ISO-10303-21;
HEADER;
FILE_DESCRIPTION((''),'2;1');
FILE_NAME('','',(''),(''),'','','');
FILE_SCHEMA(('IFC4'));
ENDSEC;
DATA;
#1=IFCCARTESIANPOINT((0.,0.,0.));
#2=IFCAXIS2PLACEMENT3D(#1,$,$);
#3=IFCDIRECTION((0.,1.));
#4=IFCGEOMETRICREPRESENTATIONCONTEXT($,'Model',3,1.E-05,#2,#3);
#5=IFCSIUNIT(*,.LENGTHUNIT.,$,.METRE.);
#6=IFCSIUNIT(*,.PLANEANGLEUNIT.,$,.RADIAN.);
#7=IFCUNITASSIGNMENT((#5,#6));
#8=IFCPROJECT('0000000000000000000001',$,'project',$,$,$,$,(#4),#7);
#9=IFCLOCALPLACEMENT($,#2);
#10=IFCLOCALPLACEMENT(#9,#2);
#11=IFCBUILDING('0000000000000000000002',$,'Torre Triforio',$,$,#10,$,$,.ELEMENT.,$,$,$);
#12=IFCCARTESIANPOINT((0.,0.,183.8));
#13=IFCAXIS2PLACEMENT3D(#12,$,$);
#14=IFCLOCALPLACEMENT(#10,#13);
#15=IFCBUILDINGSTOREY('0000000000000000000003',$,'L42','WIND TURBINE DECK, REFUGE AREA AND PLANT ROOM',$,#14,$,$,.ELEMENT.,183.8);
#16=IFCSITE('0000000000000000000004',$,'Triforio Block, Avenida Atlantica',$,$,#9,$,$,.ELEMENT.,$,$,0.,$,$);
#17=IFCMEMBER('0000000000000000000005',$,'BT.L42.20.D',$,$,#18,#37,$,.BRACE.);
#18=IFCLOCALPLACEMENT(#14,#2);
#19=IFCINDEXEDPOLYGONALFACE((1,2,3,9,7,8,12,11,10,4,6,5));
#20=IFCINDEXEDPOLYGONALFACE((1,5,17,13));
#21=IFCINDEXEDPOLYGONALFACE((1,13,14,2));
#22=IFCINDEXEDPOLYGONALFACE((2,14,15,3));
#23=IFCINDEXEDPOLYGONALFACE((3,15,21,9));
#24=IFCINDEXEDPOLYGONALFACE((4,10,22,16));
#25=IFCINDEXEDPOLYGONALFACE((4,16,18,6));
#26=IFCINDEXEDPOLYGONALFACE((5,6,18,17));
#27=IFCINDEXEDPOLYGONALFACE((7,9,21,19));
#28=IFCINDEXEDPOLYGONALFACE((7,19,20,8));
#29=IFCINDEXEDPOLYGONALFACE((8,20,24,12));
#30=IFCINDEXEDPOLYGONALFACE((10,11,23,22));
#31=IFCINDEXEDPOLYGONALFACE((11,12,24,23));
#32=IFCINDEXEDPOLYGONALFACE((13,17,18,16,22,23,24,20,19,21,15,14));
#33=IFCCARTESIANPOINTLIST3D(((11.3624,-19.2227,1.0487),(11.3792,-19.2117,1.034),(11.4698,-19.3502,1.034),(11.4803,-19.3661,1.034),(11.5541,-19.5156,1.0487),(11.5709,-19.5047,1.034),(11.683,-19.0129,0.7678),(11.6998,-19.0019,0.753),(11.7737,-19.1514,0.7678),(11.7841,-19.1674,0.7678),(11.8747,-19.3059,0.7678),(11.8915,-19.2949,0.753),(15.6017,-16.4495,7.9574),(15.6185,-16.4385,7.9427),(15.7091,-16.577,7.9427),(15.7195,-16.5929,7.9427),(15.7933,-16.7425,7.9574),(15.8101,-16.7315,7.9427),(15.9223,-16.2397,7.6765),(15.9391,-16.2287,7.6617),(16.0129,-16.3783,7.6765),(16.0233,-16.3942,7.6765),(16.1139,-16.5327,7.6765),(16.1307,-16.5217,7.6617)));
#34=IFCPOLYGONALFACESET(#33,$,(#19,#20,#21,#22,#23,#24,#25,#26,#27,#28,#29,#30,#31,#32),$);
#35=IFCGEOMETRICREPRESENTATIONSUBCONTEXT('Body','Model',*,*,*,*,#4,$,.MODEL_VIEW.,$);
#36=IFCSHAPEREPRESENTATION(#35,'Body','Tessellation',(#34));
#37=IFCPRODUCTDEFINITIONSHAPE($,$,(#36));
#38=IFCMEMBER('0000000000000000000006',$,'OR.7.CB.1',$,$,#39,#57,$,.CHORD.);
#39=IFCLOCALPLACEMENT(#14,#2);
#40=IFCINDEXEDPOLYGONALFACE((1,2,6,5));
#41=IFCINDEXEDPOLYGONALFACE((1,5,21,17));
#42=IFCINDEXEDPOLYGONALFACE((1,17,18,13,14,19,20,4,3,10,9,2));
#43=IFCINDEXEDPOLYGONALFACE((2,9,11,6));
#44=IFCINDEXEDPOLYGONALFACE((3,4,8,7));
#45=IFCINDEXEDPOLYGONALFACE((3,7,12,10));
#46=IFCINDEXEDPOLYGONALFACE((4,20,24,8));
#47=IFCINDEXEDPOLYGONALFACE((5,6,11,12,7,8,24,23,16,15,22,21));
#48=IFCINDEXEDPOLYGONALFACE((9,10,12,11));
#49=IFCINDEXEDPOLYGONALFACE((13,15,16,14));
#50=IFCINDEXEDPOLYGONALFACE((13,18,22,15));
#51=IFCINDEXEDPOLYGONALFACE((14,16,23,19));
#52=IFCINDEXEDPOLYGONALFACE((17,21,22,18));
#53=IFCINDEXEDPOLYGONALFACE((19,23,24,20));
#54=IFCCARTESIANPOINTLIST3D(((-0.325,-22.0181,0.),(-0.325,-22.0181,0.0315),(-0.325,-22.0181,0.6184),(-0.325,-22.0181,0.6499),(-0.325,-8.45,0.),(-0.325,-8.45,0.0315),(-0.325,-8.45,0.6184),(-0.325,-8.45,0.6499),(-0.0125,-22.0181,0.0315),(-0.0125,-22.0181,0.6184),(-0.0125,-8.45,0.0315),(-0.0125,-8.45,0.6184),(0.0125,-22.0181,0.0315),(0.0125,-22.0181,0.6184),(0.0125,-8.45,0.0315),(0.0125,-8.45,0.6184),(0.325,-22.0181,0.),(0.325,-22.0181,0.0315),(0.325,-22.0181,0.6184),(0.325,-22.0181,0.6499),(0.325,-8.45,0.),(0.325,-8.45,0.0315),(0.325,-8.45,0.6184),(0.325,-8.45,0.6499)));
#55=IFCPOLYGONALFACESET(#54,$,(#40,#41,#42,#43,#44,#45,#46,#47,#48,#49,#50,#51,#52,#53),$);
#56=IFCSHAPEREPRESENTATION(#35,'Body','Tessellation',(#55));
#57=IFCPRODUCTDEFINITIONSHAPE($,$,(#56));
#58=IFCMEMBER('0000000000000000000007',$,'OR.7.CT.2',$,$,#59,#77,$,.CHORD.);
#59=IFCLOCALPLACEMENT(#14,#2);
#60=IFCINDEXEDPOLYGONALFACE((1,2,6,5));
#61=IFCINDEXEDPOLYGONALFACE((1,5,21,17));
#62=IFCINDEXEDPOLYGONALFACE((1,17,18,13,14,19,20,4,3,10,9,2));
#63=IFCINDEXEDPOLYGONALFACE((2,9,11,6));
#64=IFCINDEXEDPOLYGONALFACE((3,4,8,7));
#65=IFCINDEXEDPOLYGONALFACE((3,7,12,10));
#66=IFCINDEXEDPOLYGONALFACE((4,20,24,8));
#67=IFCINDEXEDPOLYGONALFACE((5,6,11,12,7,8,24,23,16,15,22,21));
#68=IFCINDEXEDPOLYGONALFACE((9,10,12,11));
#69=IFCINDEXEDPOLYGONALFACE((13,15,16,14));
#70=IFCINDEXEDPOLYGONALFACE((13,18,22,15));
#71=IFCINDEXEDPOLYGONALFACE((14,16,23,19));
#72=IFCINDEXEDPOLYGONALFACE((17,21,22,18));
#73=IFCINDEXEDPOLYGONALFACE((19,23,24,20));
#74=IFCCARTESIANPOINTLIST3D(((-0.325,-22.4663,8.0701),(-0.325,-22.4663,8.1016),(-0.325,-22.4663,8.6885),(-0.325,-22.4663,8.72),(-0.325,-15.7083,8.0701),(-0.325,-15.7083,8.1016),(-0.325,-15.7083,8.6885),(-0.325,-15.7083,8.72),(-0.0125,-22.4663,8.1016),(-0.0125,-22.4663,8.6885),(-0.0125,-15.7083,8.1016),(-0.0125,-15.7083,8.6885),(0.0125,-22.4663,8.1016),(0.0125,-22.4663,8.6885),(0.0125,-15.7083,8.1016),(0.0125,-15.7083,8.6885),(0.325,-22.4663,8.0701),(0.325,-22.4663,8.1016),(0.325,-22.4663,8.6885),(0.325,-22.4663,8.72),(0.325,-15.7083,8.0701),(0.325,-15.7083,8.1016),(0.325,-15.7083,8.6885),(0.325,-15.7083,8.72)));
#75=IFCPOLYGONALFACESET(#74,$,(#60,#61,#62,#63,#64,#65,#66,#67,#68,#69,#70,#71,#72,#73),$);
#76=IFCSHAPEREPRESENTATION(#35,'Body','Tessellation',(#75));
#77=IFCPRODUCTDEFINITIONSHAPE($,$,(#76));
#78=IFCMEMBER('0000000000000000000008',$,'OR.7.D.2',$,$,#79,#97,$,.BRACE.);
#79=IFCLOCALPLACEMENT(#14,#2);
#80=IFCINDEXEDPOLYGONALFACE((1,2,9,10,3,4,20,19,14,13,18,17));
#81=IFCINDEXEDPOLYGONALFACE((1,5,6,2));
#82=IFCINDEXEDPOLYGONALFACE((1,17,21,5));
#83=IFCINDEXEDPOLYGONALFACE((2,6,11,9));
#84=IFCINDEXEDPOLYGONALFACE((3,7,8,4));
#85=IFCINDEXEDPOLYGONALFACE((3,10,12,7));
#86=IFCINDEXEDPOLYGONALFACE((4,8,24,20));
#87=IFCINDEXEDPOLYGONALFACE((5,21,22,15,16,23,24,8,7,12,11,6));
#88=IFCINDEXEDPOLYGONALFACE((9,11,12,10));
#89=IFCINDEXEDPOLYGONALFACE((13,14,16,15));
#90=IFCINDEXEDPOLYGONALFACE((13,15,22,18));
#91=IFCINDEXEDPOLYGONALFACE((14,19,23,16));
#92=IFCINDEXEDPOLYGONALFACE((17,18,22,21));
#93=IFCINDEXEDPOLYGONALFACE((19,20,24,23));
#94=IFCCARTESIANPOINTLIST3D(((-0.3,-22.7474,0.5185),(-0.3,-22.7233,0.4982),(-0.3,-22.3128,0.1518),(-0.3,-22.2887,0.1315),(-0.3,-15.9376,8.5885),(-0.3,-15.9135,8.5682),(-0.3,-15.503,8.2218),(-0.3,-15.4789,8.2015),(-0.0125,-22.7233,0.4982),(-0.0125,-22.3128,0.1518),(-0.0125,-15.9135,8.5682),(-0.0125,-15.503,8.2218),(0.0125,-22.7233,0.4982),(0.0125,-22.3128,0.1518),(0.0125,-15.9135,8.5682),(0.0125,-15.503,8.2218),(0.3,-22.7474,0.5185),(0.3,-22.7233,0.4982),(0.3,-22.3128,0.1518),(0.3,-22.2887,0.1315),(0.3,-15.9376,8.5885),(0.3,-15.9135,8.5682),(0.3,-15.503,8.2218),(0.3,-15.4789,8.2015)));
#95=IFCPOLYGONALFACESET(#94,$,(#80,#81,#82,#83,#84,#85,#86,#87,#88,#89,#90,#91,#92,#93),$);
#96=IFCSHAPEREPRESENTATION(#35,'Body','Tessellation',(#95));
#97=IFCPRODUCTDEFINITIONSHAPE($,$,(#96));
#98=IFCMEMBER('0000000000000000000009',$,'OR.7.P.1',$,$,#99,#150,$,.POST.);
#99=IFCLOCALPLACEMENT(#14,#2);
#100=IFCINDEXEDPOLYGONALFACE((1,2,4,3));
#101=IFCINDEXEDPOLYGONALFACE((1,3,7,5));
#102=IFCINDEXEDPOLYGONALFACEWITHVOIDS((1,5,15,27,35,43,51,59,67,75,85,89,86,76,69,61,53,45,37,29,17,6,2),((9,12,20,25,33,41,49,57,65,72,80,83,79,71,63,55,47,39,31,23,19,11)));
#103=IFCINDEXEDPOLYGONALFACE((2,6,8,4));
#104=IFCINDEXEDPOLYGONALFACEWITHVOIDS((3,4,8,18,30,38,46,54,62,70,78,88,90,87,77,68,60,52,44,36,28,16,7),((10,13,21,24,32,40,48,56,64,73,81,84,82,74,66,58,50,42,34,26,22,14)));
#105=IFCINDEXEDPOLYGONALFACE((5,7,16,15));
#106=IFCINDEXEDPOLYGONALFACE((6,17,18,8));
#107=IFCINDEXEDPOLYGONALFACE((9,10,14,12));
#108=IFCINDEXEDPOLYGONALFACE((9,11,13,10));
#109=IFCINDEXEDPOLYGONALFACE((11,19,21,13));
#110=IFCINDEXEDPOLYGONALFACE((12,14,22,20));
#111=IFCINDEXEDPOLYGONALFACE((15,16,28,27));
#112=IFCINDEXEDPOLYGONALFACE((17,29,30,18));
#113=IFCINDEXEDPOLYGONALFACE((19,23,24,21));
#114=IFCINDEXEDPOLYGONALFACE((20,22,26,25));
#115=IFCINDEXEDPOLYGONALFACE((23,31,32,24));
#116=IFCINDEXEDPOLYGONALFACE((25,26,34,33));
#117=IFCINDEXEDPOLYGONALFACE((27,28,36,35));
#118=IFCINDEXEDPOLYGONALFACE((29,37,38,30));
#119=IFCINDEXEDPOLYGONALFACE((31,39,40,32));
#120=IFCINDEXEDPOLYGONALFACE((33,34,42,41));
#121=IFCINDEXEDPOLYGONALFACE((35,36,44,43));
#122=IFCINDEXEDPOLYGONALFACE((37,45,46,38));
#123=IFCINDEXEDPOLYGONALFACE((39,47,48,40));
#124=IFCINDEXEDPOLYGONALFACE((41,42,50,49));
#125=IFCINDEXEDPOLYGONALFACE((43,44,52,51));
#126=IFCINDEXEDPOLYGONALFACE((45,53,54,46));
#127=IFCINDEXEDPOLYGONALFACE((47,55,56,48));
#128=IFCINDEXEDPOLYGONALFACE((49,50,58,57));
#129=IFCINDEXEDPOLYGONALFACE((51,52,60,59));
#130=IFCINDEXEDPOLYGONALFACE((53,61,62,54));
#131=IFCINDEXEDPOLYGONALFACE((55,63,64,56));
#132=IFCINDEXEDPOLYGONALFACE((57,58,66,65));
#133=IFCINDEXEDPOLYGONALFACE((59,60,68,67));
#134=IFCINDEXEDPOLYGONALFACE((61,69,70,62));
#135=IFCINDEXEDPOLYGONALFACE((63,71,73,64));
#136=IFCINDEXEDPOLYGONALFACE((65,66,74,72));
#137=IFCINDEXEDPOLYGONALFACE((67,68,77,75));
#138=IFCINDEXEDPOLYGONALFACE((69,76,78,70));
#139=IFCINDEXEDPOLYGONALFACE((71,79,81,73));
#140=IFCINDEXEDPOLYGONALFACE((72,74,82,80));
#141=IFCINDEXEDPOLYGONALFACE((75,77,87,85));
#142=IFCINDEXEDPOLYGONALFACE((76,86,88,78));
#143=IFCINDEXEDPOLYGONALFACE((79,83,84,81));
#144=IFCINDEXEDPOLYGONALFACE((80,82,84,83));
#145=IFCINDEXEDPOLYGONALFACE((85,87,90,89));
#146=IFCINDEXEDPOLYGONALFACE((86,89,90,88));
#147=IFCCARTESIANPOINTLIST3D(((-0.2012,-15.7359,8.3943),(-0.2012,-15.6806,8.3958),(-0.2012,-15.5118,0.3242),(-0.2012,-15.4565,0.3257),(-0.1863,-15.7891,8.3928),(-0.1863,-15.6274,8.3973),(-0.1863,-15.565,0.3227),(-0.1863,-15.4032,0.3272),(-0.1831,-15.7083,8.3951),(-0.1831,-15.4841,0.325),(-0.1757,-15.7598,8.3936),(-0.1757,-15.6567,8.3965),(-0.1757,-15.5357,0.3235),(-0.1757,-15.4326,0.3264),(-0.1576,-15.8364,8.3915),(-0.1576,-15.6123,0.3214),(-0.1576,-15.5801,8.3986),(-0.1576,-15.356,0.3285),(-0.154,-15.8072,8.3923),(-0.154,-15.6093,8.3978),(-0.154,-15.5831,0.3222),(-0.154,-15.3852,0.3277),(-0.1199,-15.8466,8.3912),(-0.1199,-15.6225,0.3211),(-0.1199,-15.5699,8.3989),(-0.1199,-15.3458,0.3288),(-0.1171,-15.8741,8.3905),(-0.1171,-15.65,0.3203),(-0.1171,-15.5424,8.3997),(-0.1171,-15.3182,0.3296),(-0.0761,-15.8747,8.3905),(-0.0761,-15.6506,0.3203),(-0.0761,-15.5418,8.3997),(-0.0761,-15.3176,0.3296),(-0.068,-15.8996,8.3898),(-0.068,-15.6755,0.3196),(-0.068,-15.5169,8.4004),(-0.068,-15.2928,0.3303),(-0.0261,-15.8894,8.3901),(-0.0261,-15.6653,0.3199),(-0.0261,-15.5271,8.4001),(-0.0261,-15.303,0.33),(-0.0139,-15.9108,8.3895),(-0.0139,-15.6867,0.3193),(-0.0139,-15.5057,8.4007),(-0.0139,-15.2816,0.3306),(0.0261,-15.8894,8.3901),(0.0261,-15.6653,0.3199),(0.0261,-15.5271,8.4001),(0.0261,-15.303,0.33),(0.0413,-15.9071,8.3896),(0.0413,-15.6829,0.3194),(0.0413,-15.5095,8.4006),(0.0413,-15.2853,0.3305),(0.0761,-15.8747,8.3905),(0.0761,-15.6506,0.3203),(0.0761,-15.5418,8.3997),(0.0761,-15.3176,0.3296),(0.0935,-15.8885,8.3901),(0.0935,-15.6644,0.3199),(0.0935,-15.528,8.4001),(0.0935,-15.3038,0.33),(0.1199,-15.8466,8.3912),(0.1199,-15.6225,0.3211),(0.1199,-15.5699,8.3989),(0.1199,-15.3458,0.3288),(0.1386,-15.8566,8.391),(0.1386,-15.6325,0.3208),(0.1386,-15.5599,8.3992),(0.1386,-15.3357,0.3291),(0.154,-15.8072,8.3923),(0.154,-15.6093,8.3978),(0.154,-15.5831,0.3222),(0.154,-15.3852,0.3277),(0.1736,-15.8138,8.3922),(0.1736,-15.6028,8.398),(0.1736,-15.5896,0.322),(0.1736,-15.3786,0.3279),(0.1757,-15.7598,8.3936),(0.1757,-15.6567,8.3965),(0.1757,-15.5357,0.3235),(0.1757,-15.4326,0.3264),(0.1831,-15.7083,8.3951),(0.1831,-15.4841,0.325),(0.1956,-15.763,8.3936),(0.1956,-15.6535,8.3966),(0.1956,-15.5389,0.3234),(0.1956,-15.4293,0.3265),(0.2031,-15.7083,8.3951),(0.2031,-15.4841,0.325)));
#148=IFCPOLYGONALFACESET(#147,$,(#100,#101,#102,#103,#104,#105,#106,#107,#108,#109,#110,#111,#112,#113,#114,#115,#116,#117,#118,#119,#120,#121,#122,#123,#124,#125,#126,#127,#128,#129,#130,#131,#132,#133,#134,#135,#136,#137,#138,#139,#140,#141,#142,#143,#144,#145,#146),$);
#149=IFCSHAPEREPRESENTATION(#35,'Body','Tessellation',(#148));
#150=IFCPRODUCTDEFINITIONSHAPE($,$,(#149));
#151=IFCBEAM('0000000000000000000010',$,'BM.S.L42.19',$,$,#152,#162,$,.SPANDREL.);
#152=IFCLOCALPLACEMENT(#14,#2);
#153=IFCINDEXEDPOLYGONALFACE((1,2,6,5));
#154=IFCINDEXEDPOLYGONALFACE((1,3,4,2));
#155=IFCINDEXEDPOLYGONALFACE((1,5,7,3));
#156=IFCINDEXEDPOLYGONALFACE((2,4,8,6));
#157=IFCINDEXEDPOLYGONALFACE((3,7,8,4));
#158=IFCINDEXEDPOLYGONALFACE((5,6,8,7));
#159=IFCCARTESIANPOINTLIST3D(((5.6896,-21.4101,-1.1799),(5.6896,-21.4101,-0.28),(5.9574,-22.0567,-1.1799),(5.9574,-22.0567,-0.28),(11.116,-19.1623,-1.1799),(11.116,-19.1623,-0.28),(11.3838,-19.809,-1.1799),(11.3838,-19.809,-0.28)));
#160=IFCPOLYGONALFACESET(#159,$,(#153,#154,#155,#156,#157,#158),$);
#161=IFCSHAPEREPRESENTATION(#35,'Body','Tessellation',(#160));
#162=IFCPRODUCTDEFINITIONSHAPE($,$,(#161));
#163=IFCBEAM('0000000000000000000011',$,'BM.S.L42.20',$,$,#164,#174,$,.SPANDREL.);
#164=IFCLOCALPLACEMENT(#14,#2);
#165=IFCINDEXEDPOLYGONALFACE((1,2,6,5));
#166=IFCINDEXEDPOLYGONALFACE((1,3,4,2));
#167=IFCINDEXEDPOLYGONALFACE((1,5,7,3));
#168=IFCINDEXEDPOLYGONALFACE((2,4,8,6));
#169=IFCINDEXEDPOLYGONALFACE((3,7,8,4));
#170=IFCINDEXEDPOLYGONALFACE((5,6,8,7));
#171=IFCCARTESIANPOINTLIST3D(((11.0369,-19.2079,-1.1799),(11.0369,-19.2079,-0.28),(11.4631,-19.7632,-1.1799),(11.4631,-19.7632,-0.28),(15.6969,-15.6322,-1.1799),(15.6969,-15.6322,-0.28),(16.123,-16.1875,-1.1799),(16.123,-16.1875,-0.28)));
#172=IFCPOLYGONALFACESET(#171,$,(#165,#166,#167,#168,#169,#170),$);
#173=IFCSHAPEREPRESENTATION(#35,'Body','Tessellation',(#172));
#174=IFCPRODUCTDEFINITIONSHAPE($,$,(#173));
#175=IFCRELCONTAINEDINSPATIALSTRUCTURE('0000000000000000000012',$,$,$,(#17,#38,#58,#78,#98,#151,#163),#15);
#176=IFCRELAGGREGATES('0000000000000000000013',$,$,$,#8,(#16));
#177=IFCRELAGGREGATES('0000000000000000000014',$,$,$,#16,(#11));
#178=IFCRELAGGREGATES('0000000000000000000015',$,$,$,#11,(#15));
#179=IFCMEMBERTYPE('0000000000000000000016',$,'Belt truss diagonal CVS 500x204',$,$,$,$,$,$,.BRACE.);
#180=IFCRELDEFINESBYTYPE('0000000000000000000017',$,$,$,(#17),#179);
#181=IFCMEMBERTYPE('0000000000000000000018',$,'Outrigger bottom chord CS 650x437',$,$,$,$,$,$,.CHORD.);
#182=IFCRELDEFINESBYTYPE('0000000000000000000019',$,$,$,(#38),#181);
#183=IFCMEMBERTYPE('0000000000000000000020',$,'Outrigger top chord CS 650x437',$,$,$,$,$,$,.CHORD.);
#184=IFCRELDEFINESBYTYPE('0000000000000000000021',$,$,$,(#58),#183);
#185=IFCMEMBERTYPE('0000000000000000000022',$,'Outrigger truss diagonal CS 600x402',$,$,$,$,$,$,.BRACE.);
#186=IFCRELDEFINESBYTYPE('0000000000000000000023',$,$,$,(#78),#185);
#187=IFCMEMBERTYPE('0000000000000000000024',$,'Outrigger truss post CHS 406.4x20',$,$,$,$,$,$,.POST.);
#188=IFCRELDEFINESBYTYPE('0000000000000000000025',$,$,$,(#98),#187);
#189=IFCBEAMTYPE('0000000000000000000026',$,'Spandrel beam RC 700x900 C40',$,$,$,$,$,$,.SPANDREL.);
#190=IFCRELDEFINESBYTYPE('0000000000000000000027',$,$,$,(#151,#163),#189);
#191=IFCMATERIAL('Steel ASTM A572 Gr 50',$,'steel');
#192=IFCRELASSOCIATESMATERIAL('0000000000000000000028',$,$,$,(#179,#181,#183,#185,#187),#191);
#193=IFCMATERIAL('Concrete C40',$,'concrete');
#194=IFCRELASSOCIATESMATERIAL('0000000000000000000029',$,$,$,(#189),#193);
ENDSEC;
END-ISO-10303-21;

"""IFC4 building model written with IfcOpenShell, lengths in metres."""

from ifc_helpers import new_model, si_unit, direction, frame, origin, origin_2d, place, context, subcontext, project, spatial, rectangle, hollow_circle, i_section, extrude, material, material_profile, profile_set, type_object, element, save


model = new_model("IFC4")

# Units and contexts
model_context = context("Model", 3, precision=1e-05, world=origin(), true_north=direction((0.0, 1.0)))
body_context = subcontext(model_context, "Body", "Model", "MODEL_VIEW")
ifc_project = project(units=[si_unit("LENGTHUNIT", "METRE"), si_unit("PLANEANGLEUNIT", "RADIAN")], contexts=[model_context])

# Site, building, storey
site_placement = place(None, origin())
site = spatial("IfcSite", under=ifc_project, at=site_placement, Name="Triforio Block, Avenida Atlantica", CompositionType="ELEMENT", RefElevation=0.0)
building_placement = place(site_placement, origin())
building = spatial("IfcBuilding", under=site, at=building_placement, Name="Torre Triforio", CompositionType="ELEMENT")
storey_placement = place(building_placement, frame((0.0, 0.0, 183.8)))
storey = spatial("IfcBuildingStorey", under=building, at=storey_placement, Name="L42", Description="WIND TURBINE DECK, REFUGE AREA AND PLANT ROOM", CompositionType="ELEMENT", Elevation=183.8)

# Members
ifc_material_1 = material(Name="Steel ASTM A572 Gr 50", Category="steel")
ifc_material_profile_1 = material_profile(ifc_material_1, i_section(OverallWidth=0.3501, OverallDepth=0.5, WebThickness=0.019, FlangeThickness=0.0249, at=origin_2d()), Name="CVS 500x204")
ifc_profile_set_1 = profile_set([ifc_material_profile_1], Name="Steel ASTM A572 Gr 50")
member_type_1 = type_object("IfcMemberType", Name="Belt truss diagonal CVS 500x204", PredefinedType="BRACE", material=ifc_profile_set_1)
for number, where, z_axis, x_axis, name in (
    (1, (11.627, -19.2588, 0.9009), (0.494841, 0.32371, 0.806439), (-0.547439, 0.836846, 0.0), "BT.L42.20.D"),
):
    element("IfcMember", number, at=place(storey_placement, frame(where, z_axis=z_axis, x_axis=x_axis)), inside=storey, type_object=member_type_1, Name=name, PredefinedType="BRACE", context=body_context, shape_type="SweptSolid", body=[
        extrude(i_section(OverallWidth=0.3501, OverallDepth=0.5, WebThickness=0.019, FlangeThickness=0.0249, at=origin_2d()), origin(), (0.0, 0.0, 1.0), 8.5669),
    ])
ifc_material_profile_2 = material_profile(ifc_material_1, i_section(OverallWidth=0.6499, OverallDepth=0.6499, WebThickness=0.0249, FlangeThickness=0.0315, at=origin_2d()), Name="CS 650x437")
ifc_profile_set_2 = profile_set([ifc_material_profile_2], Name="Steel ASTM A572 Gr 50")
member_type_2 = type_object("IfcMemberType", Name="Outrigger bottom chord CS 650x437", PredefinedType="CHORD", material=ifc_profile_set_2)
member_1_placement = place(storey_placement, frame((0.0, -8.45, 0.325), z_axis=(0.0, -1.0, 0.0), x_axis=(1.0, 0.0, 0.0)))
element("IfcMember", 2, at=member_1_placement, inside=storey, type_object=member_type_2, Name="OR.7.CB.1", PredefinedType="CHORD", context=body_context, shape_type="SweptSolid", body=[
    extrude(i_section(OverallWidth=0.6499, OverallDepth=0.6499, WebThickness=0.0249, FlangeThickness=0.0315, at=origin_2d()), origin(), (0.0, 0.0, 1.0), 13.5681),
])
ifc_material_profile_3 = material_profile(ifc_material_1, i_section(OverallWidth=0.6499, OverallDepth=0.6499, WebThickness=0.0249, FlangeThickness=0.0315, at=origin_2d()), Name="CS 650x437")
ifc_profile_set_3 = profile_set([ifc_material_profile_3], Name="Steel ASTM A572 Gr 50")
member_type_3 = type_object("IfcMemberType", Name="Outrigger top chord CS 650x437", PredefinedType="CHORD", material=ifc_profile_set_3)
member_2_placement = place(storey_placement, frame((0.0, -15.7083, 8.395), z_axis=(0.0, -1.0, 0.0), x_axis=(1.0, 0.0, 0.0)))
element("IfcMember", 3, at=member_2_placement, inside=storey, type_object=member_type_3, Name="OR.7.CT.2", PredefinedType="CHORD", context=body_context, shape_type="SweptSolid", body=[
    extrude(i_section(OverallWidth=0.6499, OverallDepth=0.6499, WebThickness=0.0249, FlangeThickness=0.0315, at=origin_2d()), origin(), (0.0, 0.0, 1.0), 6.7581),
])
ifc_material_profile_4 = material_profile(ifc_material_1, i_section(OverallWidth=0.6001, OverallDepth=0.6001, WebThickness=0.0249, FlangeThickness=0.0315, at=origin_2d()), Name="CS 600x402")
ifc_profile_set_4 = profile_set([ifc_material_profile_4], Name="Steel ASTM A572 Gr 50")
member_type_4 = type_object("IfcMemberType", Name="Outrigger truss diagonal CS 600x402", PredefinedType="BRACE", material=ifc_profile_set_4)
member_3_placement = place(storey_placement, frame((0.0, -15.7083, 8.395), z_axis=(0.0, -0.644909, -0.764259), x_axis=(1.0, 0.0, 0.0)))
element("IfcMember", 4, at=member_3_placement, inside=storey, type_object=member_type_4, Name="OR.7.D.2", PredefinedType="BRACE", context=body_context, shape_type="SweptSolid", body=[
    extrude(i_section(OverallWidth=0.6001, OverallDepth=0.6001, WebThickness=0.0249, FlangeThickness=0.0315, at=origin_2d()), origin(), (0.0, 0.0, 1.0), 10.5593),
])
ifc_material_profile_5 = material_profile(ifc_material_1, hollow_circle(Radius=0.2031, WallThickness=0.02, at=origin_2d()), Name="CHS 406.4x20")
ifc_profile_set_5 = profile_set([ifc_material_profile_5], Name="Steel ASTM A572 Gr 50")
member_type_5 = type_object("IfcMemberType", Name="Outrigger truss post CHS 406.4x20", PredefinedType="POST", material=ifc_profile_set_5)
member_4_placement = place(storey_placement, frame((0.0, -15.4841, 0.325), z_axis=(0.0, -0.027761, 0.999615), x_axis=(1.0, 0.0, 0.0)))
element("IfcMember", 5, at=member_4_placement, inside=storey, type_object=member_type_5, Name="OR.7.P.1", PredefinedType="POST", context=body_context, shape_type="SweptSolid", body=[
    extrude(hollow_circle(Radius=0.2031, WallThickness=0.02, at=origin_2d()), origin(), (0.0, 0.0, 1.0), 8.0732),
])

# Beams
ifc_material_2 = material(Name="Concrete C40", Category="concrete")
ifc_material_profile_6 = material_profile(ifc_material_2, rectangle(XDim=0.7, YDim=0.8999, at=origin_2d()), Name="RC 700x900")
ifc_profile_set_6 = profile_set([ifc_material_profile_6], Name="Concrete C40")
beam_type = type_object("IfcBeamType", Name="Spandrel beam RC 700x900 C40", PredefinedType="SPANDREL", material=ifc_profile_set_6)
beam_1_placement = place(storey_placement, frame((5.8235, -21.7334, -0.73), z_axis=(0.923875, 0.382693, 0.0), x_axis=(-0.382693, 0.923875, 0.0)))
element("IfcBeam", 6, at=beam_1_placement, inside=storey, type_object=beam_type, Name="BM.S.L42.19", PredefinedType="SPANDREL", context=body_context, shape_type="SweptSolid", body=[
    extrude(rectangle(XDim=0.7, YDim=0.8999, at=origin_2d()), origin(), (0.0, 0.0, 1.0), 5.8735),
])
beam_2_placement = place(storey_placement, frame((11.25, -19.4856, -0.73), z_axis=(0.793353, 0.608762, 0.0), x_axis=(-0.608762, 0.793353, 0.0)))
element("IfcBeam", 7, at=beam_2_placement, inside=storey, type_object=beam_type, Name="BM.S.L42.20", PredefinedType="SPANDREL", context=body_context, shape_type="SweptSolid", body=[
    extrude(rectangle(XDim=0.7, YDim=0.8999, at=origin_2d()), origin(), (0.0, 0.0, 1.0), 5.8738),
])

save(model, "model.ifc")
